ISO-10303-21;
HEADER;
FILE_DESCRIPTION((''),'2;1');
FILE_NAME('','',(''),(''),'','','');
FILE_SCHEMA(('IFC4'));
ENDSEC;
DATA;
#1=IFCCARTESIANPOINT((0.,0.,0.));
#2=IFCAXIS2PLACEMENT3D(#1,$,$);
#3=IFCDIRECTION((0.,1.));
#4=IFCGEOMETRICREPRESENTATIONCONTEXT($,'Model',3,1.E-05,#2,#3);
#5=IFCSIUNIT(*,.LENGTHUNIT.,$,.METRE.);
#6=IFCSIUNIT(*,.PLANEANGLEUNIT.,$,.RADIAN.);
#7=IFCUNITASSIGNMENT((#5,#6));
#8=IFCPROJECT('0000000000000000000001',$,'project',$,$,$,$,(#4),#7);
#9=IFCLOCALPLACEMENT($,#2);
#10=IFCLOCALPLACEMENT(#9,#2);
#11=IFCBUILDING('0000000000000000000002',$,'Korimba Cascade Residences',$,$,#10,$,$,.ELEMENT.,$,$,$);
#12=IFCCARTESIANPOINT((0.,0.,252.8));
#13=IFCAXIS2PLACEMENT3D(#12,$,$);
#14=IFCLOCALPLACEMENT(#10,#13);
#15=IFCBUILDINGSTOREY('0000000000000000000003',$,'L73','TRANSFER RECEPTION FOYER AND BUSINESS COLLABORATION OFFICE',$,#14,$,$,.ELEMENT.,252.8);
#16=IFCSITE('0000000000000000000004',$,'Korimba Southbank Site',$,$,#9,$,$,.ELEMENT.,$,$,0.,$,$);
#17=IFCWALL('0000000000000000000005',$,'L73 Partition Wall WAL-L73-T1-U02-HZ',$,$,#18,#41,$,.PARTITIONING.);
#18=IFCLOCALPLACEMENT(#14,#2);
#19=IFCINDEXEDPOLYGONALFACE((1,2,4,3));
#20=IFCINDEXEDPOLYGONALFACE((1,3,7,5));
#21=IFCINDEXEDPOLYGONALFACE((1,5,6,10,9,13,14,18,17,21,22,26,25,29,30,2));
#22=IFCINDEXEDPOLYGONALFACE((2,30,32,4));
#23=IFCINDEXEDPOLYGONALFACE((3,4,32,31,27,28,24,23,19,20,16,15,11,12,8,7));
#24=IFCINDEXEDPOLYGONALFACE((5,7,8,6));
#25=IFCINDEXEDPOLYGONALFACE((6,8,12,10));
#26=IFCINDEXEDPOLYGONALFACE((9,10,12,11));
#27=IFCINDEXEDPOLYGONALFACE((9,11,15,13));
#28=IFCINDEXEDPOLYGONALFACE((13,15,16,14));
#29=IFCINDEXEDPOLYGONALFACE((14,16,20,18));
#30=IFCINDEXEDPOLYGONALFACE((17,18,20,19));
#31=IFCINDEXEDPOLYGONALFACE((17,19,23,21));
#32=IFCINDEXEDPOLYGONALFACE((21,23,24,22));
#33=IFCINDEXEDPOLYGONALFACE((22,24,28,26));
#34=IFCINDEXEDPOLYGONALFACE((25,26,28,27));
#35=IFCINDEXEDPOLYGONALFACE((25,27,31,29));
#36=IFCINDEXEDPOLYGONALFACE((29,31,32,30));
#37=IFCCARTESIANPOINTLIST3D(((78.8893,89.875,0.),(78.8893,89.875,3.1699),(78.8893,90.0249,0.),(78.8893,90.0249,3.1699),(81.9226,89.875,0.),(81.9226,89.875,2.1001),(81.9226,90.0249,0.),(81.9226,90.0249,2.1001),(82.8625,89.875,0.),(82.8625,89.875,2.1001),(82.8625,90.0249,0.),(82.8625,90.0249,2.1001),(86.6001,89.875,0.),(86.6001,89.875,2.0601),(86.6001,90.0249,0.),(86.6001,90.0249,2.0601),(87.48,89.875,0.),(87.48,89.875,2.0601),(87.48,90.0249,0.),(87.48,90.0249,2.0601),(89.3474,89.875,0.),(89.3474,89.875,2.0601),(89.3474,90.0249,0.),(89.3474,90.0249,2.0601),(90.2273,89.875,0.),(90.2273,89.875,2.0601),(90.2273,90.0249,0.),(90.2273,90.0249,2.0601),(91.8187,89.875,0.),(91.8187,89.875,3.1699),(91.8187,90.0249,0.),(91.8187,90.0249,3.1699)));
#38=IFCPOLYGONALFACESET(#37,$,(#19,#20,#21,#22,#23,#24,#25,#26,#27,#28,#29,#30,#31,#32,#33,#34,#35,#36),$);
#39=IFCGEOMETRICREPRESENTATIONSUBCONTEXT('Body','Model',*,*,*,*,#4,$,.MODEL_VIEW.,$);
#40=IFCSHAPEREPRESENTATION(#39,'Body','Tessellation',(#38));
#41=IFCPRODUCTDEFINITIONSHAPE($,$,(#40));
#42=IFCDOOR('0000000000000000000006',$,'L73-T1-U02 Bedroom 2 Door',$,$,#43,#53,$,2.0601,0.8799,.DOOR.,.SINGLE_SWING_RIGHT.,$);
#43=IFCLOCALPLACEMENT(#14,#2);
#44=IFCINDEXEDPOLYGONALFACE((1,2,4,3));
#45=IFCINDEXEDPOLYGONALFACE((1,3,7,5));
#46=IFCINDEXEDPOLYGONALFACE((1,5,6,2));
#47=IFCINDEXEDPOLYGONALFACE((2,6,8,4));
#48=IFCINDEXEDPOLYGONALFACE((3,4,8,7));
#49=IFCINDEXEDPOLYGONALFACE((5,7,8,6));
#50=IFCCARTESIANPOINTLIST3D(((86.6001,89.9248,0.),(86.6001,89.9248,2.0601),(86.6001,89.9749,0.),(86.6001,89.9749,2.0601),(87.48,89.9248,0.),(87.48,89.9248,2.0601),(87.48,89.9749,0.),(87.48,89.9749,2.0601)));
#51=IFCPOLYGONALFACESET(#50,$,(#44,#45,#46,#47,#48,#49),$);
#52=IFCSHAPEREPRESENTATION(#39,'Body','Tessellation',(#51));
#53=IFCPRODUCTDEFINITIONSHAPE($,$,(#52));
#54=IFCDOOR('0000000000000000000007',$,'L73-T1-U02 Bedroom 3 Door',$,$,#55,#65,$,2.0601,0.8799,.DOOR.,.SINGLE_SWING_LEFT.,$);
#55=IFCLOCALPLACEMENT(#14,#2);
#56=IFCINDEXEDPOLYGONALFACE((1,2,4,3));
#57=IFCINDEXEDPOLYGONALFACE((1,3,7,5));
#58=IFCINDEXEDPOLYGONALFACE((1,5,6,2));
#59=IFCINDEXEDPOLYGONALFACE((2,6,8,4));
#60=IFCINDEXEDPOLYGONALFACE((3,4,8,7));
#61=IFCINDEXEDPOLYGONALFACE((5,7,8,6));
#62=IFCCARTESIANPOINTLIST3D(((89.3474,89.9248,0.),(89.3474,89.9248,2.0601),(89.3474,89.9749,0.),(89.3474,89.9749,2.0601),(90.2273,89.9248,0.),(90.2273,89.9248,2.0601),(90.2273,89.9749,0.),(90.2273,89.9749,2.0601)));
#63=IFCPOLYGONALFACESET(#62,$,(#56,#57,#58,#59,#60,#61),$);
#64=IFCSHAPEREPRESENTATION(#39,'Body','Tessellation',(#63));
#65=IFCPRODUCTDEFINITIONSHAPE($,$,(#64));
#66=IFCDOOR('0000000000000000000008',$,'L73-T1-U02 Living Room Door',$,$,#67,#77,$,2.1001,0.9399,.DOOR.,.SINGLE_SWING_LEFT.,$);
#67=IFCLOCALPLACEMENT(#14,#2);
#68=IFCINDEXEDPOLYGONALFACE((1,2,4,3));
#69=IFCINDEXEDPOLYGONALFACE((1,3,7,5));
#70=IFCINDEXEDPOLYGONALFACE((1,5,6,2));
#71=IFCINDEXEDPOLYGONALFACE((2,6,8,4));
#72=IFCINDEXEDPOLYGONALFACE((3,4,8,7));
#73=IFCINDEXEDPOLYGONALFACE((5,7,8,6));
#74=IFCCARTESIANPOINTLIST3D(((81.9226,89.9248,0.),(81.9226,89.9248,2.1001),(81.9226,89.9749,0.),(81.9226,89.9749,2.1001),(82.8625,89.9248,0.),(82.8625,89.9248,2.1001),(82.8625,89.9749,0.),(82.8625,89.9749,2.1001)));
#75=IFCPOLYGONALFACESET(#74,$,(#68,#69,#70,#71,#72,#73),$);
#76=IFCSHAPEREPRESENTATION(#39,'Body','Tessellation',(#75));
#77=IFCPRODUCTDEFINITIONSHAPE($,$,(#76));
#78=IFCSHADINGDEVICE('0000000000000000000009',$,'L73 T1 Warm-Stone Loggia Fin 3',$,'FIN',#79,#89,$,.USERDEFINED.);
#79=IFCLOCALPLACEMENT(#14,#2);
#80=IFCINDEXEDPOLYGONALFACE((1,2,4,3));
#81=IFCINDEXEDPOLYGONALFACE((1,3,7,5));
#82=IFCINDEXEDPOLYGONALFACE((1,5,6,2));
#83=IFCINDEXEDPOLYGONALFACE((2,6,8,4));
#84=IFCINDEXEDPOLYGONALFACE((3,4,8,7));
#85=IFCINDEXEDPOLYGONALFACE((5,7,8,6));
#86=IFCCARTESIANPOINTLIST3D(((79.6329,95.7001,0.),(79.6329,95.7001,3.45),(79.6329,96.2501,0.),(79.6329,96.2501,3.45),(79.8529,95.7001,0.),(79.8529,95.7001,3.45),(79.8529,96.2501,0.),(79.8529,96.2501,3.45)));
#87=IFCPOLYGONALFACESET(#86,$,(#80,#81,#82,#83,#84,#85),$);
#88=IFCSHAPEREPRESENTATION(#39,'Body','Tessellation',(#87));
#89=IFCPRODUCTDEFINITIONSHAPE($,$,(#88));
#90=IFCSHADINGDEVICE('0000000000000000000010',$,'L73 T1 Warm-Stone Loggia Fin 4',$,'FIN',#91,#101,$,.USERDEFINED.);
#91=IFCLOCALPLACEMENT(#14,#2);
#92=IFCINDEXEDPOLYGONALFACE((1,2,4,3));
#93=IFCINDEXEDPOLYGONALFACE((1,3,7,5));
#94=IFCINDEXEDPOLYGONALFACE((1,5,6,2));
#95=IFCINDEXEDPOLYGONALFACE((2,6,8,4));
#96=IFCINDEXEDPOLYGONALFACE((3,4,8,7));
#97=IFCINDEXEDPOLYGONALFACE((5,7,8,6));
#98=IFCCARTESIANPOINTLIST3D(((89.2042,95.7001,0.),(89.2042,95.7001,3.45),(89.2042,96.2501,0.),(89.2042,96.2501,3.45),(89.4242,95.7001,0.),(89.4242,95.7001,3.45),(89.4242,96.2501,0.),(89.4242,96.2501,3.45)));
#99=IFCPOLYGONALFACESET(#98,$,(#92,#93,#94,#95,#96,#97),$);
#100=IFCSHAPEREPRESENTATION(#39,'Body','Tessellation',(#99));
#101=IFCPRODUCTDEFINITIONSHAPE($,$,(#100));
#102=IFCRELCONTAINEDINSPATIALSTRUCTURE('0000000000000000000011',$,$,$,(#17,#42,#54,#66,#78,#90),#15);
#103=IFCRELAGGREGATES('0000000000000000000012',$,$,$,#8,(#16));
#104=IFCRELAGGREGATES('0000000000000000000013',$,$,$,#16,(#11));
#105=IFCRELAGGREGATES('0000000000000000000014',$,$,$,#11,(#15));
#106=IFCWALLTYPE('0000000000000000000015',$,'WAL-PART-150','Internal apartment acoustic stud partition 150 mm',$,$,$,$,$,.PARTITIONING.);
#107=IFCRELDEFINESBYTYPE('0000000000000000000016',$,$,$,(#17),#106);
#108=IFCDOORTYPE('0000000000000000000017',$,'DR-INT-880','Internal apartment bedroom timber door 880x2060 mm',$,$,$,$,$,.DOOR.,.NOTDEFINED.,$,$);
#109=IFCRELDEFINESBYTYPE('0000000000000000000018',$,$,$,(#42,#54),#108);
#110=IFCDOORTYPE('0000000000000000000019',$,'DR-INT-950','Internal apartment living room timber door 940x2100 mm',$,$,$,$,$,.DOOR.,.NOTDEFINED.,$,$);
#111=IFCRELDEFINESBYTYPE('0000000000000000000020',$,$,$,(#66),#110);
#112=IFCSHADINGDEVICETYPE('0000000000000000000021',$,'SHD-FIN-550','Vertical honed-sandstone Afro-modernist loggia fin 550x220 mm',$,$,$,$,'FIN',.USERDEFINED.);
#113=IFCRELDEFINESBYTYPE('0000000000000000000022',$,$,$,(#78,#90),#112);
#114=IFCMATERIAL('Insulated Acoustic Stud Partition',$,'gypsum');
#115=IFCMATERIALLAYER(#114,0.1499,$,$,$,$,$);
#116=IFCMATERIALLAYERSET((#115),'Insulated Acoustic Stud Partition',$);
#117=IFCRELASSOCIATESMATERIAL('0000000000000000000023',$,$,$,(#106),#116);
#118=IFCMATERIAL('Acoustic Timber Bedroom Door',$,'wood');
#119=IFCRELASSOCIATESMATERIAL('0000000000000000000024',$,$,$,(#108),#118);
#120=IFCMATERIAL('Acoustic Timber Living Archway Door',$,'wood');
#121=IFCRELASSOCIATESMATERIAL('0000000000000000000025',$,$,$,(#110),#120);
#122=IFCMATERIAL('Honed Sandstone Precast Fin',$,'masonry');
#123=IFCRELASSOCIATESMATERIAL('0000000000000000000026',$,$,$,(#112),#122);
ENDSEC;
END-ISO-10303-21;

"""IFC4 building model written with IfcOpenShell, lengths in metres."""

from ifc_helpers import new_model, si_unit, direction, frame, frame_2d, origin, origin_2d, place, context, subcontext, project, spatial, rectangle, extrude, material, layer, layer_set, type_object, element, fill, save


model = new_model("IFC4")

# Units and contexts
model_context = context("Model", 3, precision=1e-05, world=origin(), true_north=direction((0.0, 1.0)))
body_context = subcontext(model_context, "Body", "Model", "MODEL_VIEW")
ifc_project = project(units=[si_unit("LENGTHUNIT", "METRE"), si_unit("PLANEANGLEUNIT", "RADIAN")], contexts=[model_context])

# Site, building, storey
site_placement = place(None, origin())
site = spatial("IfcSite", under=ifc_project, at=site_placement, Name="Korimba Southbank Site", CompositionType="ELEMENT", RefElevation=0.0)
building_placement = place(site_placement, origin())
building = spatial("IfcBuilding", under=site, at=building_placement, Name="Korimba Cascade Residences", CompositionType="ELEMENT")
storey_placement = place(building_placement, frame((0.0, 0.0, 252.8)))
storey = spatial("IfcBuildingStorey", under=building, at=storey_placement, Name="L73", Description="TRANSFER RECEPTION FOYER AND BUSINESS COLLABORATION OFFICE", CompositionType="ELEMENT", Elevation=252.8)

# Shared definitions
ifc_material_1 = material(Name="Insulated Acoustic Stud Partition", Category="gypsum")
ifc_layer = layer(ifc_material_1, 0.1499)
ifc_layer_set = layer_set([ifc_layer], Name="Insulated Acoustic Stud Partition")
wall_type = type_object("IfcWallType", Name="WAL-PART-150", Description="Internal apartment acoustic stud partition 150 mm", PredefinedType="PARTITIONING", material=ifc_layer_set)

# Wall, openings, doors
wall_1_placement = place(storey_placement, frame((78.8892, 89.95, 0.0), z_axis=(0.0, 0.0, 1.0), x_axis=(1.0, 0.0, 0.0)))
wall_1 = element("IfcWall", 1, at=wall_1_placement, inside=storey, type_object=wall_type, Name="L73 Partition Wall WAL-L73-T1-U02-HZ", PredefinedType="PARTITIONING", context=body_context, shape_type="SweptSolid", body=[
    extrude(rectangle(XDim=12.9294, YDim=0.1499, at=frame_2d((6.4648, 0.0))), origin(), (0.0, 0.0, 1.0), 3.1699),
])
opening_1_placement = place(wall_1_placement, frame((3.0334, 0.0, 0.0)))
opening_1 = element("IfcOpeningElement", 2, at=opening_1_placement, cuts=wall_1, PredefinedType="OPENING", context=body_context, shape_type="SweptSolid", body=[
    extrude(rectangle(XDim=0.9399, YDim=2.1001, at=frame_2d((0.47, 1.05))), frame((0.0, 0.085, 0.0), z_axis=(0.0, -1.0, 0.0), x_axis=(1.0, 0.0, 0.0)), (0.0, 0.0, 1.0), 0.1699),
])
opening_2_placement = place(wall_1_placement, frame((7.7109, 0.0, 0.0)))
opening_2 = element("IfcOpeningElement", 3, at=opening_2_placement, cuts=wall_1, PredefinedType="OPENING", context=body_context, shape_type="SweptSolid", body=[
    extrude(rectangle(XDim=0.8799, YDim=2.0601, at=frame_2d((0.4399, 1.03))), frame((0.0, 0.085, 0.0), z_axis=(0.0, -1.0, 0.0), x_axis=(1.0, 0.0, 0.0)), (0.0, 0.0, 1.0), 0.1699),
])
opening_3_placement = place(wall_1_placement, frame((10.4583, 0.0, 0.0)))
opening_3 = element("IfcOpeningElement", 4, at=opening_3_placement, cuts=wall_1, PredefinedType="OPENING", context=body_context, shape_type="SweptSolid", body=[
    extrude(rectangle(XDim=0.8799, YDim=2.0601, at=frame_2d((0.4399, 1.03))), frame((0.0, 0.085, 0.0), z_axis=(0.0, -1.0, 0.0), x_axis=(1.0, 0.0, 0.0)), (0.0, 0.0, 1.0), 0.1699),
])
ifc_material_2 = material(Name="Acoustic Timber Bedroom Door", Category="wood")
door_type_1 = type_object("IfcDoorType", Name="DR-INT-880", Description="Internal apartment bedroom timber door 880x2060 mm", OperationType="NOTDEFINED", PredefinedType="DOOR", material=ifc_material_2)
door_1_placement = place(opening_2_placement, origin())
door_1 = element("IfcDoor", 5, at=door_1_placement, inside=storey, type_object=door_type_1, Name="L73-T1-U02 Bedroom 2 Door", OperationType="SINGLE_SWING_RIGHT", OverallHeight=2.0601, OverallWidth=0.8799, PredefinedType="DOOR", context=body_context, shape_type="SweptSolid", body=[
    extrude(rectangle(XDim=0.8799, YDim=2.0601, at=frame_2d((0.4399, 1.03))), frame((0.0, 0.0249, 0.0), z_axis=(0.0, -1.0, 0.0), x_axis=(1.0, 0.0, 0.0)), (0.0, 0.0, 1.0), 0.05),
])
fill(opening_2, door_1)
door_2_placement = place(opening_3_placement, origin())
door_2 = element("IfcDoor", 6, at=door_2_placement, inside=storey, type_object=door_type_1, Name="L73-T1-U02 Bedroom 3 Door", OperationType="SINGLE_SWING_LEFT", OverallHeight=2.0601, OverallWidth=0.8799, PredefinedType="DOOR", context=body_context, shape_type="SweptSolid", body=[
    extrude(rectangle(XDim=0.8799, YDim=2.0601, at=frame_2d((0.4399, 1.03))), frame((0.0, 0.0249, 0.0), z_axis=(0.0, -1.0, 0.0), x_axis=(1.0, 0.0, 0.0)), (0.0, 0.0, 1.0), 0.05),
])
fill(opening_3, door_2)
ifc_material_3 = material(Name="Acoustic Timber Living Archway Door", Category="wood")
door_type_2 = type_object("IfcDoorType", Name="DR-INT-950", Description="Internal apartment living room timber door 940x2100 mm", OperationType="NOTDEFINED", PredefinedType="DOOR", material=ifc_material_3)
door_3_placement = place(opening_1_placement, origin())
door_3 = element("IfcDoor", 7, at=door_3_placement, inside=storey, type_object=door_type_2, Name="L73-T1-U02 Living Room Door", OperationType="SINGLE_SWING_LEFT", OverallHeight=2.1001, OverallWidth=0.9399, PredefinedType="DOOR", context=body_context, shape_type="SweptSolid", body=[
    extrude(rectangle(XDim=0.9399, YDim=2.1001, at=frame_2d((0.47, 1.05))), frame((0.0, 0.0249, 0.0), z_axis=(0.0, -1.0, 0.0), x_axis=(1.0, 0.0, 0.0)), (0.0, 0.0, 1.0), 0.05),
])
fill(opening_1, door_3)

# Shading devices
ifc_material_4 = material(Name="Honed Sandstone Precast Fin", Category="masonry")
shading_device_type = type_object("IfcShadingDeviceType", Name="SHD-FIN-550", Description="Vertical honed-sandstone Afro-modernist loggia fin 550x220 mm", ElementType="FIN", PredefinedType="USERDEFINED", material=ifc_material_4)
for number, where, z_axis, x_axis, name in (
    (8, (79.7429, 95.9751, 0.0), (0.0, 0.0, 1.0), (1.0, 0.0, 0.0), "L73 T1 Warm-Stone Loggia Fin 3"),
    (9, (89.3142, 95.9751, 0.0), (0.0, 0.0, 1.0), (1.0, 0.0, 0.0), "L73 T1 Warm-Stone Loggia Fin 4"),
):
    element("IfcShadingDevice", number, at=place(storey_placement, frame(where, z_axis=z_axis, x_axis=x_axis)), inside=storey, type_object=shading_device_type, Name=name, ObjectType="FIN", PredefinedType="USERDEFINED", context=body_context, shape_type="SweptSolid", body=[
        extrude(rectangle(XDim=0.22, YDim=0.55, at=origin_2d()), origin(), (0.0, 0.0, 1.0), 3.45),
    ])

save(model, "model.ifc")
